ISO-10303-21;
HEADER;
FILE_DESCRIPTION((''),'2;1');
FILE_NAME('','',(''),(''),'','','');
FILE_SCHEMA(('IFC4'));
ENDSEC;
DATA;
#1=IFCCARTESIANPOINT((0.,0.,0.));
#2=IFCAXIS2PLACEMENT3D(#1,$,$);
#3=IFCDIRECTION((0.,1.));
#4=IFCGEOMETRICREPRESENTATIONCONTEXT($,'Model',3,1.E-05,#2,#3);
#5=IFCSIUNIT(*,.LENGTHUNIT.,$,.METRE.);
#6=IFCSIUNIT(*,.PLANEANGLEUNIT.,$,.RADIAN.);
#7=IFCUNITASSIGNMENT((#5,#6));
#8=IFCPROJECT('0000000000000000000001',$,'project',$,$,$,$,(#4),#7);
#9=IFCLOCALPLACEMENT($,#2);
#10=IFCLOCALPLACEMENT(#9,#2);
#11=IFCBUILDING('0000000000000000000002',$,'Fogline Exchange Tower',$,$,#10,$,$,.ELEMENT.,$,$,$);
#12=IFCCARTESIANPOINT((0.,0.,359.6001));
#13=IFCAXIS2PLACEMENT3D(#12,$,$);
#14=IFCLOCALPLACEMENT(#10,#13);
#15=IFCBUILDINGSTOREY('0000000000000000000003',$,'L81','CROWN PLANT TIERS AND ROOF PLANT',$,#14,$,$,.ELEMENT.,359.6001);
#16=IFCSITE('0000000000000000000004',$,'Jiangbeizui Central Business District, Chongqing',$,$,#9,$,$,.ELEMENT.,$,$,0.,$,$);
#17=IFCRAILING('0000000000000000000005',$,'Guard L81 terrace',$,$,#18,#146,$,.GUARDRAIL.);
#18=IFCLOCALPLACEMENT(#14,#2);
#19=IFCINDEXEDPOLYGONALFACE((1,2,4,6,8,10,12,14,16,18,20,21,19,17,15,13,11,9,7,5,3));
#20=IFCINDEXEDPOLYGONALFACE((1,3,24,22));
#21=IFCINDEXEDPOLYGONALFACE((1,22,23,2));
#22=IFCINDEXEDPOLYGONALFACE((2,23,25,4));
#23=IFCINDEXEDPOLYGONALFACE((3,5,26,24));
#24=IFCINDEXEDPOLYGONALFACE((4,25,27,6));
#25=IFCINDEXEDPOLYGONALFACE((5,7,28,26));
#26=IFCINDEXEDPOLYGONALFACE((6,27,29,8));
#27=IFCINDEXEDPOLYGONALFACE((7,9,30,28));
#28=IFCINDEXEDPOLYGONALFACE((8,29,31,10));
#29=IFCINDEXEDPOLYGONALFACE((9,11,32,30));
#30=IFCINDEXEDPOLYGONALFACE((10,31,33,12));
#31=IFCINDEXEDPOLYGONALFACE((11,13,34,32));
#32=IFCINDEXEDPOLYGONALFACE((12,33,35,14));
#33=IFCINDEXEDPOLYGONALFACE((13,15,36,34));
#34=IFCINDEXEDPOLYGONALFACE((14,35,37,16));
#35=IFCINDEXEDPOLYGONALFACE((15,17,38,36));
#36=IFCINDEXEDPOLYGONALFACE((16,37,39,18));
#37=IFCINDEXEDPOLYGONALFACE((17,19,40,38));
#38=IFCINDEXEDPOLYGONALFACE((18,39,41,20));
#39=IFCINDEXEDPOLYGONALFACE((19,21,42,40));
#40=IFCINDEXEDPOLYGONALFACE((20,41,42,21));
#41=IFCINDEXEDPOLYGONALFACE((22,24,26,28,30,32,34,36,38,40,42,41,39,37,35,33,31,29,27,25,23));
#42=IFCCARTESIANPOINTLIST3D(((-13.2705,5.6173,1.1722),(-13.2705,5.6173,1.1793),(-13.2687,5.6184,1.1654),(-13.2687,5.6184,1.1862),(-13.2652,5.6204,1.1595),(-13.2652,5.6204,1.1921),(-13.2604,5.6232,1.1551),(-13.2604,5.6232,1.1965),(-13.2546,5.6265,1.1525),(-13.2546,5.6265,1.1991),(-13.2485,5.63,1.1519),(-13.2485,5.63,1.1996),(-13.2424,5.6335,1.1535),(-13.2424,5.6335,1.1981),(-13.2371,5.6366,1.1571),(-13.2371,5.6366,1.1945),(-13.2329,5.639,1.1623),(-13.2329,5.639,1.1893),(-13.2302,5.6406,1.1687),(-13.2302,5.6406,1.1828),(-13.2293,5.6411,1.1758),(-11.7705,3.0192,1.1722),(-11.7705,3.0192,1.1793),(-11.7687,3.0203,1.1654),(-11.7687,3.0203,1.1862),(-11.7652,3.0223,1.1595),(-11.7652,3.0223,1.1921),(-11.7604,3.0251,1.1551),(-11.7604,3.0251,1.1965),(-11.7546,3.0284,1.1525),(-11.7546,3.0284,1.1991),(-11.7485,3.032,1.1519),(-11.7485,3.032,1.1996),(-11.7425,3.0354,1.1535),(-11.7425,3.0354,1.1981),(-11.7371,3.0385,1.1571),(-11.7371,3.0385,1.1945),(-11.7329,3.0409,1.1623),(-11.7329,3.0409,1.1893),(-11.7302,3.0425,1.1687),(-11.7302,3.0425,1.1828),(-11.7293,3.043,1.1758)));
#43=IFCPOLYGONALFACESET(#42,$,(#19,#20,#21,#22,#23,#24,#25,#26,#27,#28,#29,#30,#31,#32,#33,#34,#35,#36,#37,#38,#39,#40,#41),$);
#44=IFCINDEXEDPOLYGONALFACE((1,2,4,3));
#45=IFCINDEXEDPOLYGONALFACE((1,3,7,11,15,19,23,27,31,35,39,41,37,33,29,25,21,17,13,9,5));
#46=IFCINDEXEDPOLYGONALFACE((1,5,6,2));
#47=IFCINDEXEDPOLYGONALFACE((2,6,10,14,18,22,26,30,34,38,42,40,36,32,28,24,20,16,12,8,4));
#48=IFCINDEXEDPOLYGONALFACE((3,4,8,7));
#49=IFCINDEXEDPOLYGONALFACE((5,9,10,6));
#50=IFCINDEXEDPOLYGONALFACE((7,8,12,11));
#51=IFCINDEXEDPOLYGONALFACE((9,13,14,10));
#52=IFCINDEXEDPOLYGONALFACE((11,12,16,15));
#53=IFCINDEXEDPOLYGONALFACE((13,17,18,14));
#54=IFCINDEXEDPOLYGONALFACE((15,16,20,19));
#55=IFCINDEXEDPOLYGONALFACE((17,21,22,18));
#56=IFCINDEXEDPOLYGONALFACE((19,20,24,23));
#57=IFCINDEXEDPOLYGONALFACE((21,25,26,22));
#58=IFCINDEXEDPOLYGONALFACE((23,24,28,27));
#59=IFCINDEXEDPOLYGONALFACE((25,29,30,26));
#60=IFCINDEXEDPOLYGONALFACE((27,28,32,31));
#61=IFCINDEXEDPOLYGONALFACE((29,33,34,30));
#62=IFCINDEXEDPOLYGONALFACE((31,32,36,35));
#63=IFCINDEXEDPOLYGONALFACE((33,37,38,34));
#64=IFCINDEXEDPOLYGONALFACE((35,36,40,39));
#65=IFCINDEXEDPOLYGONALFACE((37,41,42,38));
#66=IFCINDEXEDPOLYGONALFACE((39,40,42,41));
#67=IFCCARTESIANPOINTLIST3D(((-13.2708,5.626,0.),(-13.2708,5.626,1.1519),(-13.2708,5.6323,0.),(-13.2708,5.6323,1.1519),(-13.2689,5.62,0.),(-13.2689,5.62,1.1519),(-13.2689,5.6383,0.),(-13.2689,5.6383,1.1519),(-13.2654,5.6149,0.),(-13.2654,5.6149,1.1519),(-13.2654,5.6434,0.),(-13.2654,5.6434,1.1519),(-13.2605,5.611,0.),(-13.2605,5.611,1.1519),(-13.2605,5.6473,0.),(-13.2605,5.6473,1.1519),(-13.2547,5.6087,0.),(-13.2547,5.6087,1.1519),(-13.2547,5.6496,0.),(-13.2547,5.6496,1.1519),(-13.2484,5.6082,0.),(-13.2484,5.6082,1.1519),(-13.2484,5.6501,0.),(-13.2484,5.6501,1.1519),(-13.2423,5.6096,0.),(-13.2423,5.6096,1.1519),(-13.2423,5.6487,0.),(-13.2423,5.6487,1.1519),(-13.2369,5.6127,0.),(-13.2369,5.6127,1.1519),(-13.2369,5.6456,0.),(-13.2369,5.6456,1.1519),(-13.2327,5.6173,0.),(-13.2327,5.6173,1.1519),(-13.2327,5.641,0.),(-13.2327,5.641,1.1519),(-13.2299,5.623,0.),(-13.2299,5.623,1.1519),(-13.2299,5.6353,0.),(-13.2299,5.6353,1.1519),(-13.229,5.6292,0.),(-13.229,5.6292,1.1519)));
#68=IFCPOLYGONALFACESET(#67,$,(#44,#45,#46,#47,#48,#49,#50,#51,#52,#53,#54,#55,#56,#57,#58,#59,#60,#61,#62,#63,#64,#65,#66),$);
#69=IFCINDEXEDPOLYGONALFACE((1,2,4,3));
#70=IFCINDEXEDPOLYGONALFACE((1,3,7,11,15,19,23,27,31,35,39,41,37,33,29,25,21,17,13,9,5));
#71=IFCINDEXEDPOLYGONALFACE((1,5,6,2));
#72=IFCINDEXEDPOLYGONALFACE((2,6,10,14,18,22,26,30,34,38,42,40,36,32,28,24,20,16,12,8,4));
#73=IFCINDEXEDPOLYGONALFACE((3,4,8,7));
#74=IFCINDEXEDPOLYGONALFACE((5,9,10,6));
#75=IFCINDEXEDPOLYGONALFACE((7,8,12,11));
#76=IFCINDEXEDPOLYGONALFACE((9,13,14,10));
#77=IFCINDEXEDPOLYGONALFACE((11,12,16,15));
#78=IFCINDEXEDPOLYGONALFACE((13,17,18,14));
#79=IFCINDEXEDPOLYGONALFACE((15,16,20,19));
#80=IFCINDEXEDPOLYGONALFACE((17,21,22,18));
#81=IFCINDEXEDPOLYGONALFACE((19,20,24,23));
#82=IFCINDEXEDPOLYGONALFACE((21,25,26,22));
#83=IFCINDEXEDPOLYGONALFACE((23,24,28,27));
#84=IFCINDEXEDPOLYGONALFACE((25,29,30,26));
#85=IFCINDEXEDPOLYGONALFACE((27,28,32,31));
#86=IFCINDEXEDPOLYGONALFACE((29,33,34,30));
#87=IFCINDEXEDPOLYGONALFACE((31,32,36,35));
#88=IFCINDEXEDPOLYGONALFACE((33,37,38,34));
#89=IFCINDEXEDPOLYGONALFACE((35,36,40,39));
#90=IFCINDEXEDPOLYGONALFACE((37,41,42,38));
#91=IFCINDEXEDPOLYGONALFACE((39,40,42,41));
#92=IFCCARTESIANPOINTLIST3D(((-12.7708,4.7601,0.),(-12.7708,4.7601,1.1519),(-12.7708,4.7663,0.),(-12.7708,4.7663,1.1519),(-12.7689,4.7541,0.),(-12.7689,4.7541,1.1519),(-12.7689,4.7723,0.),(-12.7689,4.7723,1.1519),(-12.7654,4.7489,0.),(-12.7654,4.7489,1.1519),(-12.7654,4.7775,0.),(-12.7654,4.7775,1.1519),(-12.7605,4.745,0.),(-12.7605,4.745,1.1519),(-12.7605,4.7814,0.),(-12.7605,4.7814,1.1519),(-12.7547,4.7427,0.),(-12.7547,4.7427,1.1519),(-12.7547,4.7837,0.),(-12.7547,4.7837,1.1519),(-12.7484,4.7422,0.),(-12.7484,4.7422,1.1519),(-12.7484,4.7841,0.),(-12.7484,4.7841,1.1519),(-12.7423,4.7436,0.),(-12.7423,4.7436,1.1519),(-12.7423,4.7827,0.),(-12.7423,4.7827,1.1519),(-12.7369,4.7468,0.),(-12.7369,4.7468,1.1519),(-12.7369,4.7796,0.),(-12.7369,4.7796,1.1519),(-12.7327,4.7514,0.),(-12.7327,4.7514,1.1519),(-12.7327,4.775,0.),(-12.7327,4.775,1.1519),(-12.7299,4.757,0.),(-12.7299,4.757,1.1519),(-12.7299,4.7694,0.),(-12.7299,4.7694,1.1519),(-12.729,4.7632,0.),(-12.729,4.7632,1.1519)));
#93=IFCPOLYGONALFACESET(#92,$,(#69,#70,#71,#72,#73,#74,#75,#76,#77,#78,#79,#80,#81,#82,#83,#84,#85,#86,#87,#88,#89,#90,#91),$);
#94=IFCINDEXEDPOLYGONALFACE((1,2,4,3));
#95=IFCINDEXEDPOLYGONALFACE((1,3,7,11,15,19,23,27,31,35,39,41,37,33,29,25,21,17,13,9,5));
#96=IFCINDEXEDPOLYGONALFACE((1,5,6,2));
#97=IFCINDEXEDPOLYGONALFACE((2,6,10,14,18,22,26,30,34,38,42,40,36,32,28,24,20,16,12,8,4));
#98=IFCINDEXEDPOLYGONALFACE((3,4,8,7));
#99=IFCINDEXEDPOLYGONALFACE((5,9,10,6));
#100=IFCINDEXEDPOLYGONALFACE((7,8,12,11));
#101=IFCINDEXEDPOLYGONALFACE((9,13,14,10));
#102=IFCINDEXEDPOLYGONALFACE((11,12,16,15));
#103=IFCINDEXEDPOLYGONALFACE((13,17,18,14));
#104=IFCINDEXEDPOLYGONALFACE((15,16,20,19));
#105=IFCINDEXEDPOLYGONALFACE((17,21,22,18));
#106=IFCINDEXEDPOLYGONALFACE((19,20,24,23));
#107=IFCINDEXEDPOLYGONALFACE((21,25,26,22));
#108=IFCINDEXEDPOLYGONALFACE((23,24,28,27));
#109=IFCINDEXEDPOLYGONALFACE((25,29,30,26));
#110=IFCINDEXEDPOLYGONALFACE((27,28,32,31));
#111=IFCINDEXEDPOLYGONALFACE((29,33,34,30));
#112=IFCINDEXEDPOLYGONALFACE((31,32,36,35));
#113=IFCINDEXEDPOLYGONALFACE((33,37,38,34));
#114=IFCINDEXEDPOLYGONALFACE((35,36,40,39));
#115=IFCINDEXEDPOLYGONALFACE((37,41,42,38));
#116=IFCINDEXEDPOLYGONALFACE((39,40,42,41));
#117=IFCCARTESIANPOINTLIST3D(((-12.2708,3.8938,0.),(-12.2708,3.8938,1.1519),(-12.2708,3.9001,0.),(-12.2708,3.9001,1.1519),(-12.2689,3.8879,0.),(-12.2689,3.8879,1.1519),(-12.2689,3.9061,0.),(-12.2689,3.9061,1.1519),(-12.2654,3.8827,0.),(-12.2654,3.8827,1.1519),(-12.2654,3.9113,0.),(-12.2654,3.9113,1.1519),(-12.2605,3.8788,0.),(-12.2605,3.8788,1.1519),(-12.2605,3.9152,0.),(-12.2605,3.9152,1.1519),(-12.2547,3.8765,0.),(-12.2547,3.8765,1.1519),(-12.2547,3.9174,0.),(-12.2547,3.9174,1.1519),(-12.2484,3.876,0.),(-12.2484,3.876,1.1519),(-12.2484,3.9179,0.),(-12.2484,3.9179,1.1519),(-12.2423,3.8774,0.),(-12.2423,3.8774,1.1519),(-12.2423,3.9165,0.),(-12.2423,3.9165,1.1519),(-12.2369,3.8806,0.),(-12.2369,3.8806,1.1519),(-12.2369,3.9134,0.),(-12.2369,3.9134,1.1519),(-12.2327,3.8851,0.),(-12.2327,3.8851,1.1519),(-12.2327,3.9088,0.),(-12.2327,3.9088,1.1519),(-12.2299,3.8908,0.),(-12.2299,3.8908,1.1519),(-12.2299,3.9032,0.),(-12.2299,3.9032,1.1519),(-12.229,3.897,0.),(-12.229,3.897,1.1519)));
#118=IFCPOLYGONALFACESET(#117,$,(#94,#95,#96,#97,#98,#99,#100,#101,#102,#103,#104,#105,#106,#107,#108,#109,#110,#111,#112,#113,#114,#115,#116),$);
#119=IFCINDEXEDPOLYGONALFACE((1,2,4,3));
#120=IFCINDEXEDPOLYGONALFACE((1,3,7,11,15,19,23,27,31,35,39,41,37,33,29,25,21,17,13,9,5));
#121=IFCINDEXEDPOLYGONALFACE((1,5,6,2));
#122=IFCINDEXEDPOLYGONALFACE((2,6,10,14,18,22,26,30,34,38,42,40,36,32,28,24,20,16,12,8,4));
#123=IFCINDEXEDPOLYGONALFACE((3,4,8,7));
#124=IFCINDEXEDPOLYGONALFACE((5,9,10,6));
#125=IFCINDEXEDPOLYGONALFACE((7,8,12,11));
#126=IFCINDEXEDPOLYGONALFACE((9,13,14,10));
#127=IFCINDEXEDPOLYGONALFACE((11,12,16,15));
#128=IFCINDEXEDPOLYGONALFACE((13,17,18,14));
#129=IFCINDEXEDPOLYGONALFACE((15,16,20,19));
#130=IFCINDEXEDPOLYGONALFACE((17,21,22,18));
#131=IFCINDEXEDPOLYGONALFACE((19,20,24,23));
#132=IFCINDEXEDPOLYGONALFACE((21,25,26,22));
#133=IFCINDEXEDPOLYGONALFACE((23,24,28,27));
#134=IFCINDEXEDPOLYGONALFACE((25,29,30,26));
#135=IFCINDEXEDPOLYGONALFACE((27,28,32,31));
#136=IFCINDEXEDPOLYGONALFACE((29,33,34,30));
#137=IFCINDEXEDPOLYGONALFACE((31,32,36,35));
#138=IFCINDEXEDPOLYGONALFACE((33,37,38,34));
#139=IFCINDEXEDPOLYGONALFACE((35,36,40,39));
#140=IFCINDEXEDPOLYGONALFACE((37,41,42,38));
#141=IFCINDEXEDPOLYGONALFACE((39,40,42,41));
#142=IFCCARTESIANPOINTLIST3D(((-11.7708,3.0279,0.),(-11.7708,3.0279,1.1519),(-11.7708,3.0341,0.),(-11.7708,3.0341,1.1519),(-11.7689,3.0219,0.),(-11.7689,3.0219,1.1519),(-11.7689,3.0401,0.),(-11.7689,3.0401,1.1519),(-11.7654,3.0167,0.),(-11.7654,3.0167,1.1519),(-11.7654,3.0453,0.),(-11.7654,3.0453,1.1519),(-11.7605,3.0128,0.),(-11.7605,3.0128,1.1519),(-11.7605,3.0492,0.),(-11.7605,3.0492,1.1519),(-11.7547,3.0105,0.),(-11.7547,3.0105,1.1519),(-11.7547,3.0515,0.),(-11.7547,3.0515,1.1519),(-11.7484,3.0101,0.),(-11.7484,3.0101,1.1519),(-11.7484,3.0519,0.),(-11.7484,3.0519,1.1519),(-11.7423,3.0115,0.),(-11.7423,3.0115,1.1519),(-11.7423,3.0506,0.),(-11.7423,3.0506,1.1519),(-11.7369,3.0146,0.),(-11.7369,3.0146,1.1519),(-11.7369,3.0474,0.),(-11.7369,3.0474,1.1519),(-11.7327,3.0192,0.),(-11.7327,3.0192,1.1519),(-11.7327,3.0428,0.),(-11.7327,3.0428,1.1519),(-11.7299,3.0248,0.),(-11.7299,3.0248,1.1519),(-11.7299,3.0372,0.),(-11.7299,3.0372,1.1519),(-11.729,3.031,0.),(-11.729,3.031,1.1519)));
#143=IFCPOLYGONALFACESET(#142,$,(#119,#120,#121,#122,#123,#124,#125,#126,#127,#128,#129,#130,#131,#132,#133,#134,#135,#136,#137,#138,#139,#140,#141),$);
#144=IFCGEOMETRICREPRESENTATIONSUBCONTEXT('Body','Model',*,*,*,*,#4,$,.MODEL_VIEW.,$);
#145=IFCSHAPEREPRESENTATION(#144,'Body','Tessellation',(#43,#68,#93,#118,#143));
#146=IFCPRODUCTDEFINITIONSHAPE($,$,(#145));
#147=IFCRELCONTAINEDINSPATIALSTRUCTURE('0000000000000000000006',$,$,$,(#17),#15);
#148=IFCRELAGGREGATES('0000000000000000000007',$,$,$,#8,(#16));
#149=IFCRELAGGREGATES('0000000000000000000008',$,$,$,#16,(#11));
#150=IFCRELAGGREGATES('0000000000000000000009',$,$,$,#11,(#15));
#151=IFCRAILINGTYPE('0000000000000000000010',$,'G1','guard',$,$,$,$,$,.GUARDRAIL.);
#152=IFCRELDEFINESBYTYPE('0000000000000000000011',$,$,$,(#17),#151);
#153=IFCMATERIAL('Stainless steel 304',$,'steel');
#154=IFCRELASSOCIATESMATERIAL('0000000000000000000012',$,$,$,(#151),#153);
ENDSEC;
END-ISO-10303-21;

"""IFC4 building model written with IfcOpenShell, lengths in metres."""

from ifc_helpers import new_model, si_unit, direction, frame, origin, origin_2d, place, context, subcontext, project, spatial, circle, extrude, material, type_object, element, save


model = new_model("IFC4")

# Units and contexts
model_context = context("Model", 3, precision=1e-05, world=origin(), true_north=direction((0.0, 1.0)))
body_context = subcontext(model_context, "Body", "Model", "MODEL_VIEW")
ifc_project = project(units=[si_unit("LENGTHUNIT", "METRE"), si_unit("PLANEANGLEUNIT", "RADIAN")], contexts=[model_context])

# Site, building, storey
site_placement = place(None, origin())
site = spatial("IfcSite", under=ifc_project, at=site_placement, Name="Jiangbeizui Central Business District, Chongqing", CompositionType="ELEMENT", RefElevation=0.0)
building_placement = place(site_placement, origin())
building = spatial("IfcBuilding", under=site, at=building_placement, Name="Fogline Exchange Tower", CompositionType="ELEMENT")
storey_placement = place(building_placement, frame((0.0, 0.0, 359.6001)))
storey = spatial("IfcBuildingStorey", under=building, at=storey_placement, Name="L81", Description="CROWN PLANT TIERS AND ROOF PLANT", CompositionType="ELEMENT", Elevation=359.6001)

# Railing
ifc_material_1 = material(Name="Stainless steel 304", Category="steel")
railing_type = type_object("IfcRailingType", Name="G1", Description="guard", PredefinedType="GUARDRAIL", material=ifc_material_1)
railing_1_placement = place(storey_placement, frame((-13.25, 5.6292, 0.0)))
element("IfcRailing", 1, at=railing_1_placement, inside=storey, type_object=railing_type, Name="Guard L81 terrace", PredefinedType="GUARDRAIL", context=body_context, shape_type="SweptSolid", body=[
    extrude(circle(Radius=0.0239, at=origin_2d()), frame((0.0, 0.0, 1.1758), z_axis=(0.49999, -0.866031, 0.0), x_axis=(0.866031, 0.49999, 0.0)), (0.0, 0.0, 1.0), 3.0),
    extrude(circle(Radius=0.021, at=origin_2d()), origin(), (0.0, 0.0, 1.0), 1.1519),
    extrude(circle(Radius=0.021, at=origin_2d()), frame((0.5, -0.866, 0.0)), (0.0, 0.0, 1.0), 1.1519),
    extrude(circle(Radius=0.021, at=origin_2d()), frame((1.0, -1.7322, 0.0)), (0.0, 0.0, 1.0), 1.1519),
    extrude(circle(Radius=0.021, at=origin_2d()), frame((1.5, -2.5981, 0.0)), (0.0, 0.0, 1.0), 1.1519),
])

save(model, "model.ifc")
